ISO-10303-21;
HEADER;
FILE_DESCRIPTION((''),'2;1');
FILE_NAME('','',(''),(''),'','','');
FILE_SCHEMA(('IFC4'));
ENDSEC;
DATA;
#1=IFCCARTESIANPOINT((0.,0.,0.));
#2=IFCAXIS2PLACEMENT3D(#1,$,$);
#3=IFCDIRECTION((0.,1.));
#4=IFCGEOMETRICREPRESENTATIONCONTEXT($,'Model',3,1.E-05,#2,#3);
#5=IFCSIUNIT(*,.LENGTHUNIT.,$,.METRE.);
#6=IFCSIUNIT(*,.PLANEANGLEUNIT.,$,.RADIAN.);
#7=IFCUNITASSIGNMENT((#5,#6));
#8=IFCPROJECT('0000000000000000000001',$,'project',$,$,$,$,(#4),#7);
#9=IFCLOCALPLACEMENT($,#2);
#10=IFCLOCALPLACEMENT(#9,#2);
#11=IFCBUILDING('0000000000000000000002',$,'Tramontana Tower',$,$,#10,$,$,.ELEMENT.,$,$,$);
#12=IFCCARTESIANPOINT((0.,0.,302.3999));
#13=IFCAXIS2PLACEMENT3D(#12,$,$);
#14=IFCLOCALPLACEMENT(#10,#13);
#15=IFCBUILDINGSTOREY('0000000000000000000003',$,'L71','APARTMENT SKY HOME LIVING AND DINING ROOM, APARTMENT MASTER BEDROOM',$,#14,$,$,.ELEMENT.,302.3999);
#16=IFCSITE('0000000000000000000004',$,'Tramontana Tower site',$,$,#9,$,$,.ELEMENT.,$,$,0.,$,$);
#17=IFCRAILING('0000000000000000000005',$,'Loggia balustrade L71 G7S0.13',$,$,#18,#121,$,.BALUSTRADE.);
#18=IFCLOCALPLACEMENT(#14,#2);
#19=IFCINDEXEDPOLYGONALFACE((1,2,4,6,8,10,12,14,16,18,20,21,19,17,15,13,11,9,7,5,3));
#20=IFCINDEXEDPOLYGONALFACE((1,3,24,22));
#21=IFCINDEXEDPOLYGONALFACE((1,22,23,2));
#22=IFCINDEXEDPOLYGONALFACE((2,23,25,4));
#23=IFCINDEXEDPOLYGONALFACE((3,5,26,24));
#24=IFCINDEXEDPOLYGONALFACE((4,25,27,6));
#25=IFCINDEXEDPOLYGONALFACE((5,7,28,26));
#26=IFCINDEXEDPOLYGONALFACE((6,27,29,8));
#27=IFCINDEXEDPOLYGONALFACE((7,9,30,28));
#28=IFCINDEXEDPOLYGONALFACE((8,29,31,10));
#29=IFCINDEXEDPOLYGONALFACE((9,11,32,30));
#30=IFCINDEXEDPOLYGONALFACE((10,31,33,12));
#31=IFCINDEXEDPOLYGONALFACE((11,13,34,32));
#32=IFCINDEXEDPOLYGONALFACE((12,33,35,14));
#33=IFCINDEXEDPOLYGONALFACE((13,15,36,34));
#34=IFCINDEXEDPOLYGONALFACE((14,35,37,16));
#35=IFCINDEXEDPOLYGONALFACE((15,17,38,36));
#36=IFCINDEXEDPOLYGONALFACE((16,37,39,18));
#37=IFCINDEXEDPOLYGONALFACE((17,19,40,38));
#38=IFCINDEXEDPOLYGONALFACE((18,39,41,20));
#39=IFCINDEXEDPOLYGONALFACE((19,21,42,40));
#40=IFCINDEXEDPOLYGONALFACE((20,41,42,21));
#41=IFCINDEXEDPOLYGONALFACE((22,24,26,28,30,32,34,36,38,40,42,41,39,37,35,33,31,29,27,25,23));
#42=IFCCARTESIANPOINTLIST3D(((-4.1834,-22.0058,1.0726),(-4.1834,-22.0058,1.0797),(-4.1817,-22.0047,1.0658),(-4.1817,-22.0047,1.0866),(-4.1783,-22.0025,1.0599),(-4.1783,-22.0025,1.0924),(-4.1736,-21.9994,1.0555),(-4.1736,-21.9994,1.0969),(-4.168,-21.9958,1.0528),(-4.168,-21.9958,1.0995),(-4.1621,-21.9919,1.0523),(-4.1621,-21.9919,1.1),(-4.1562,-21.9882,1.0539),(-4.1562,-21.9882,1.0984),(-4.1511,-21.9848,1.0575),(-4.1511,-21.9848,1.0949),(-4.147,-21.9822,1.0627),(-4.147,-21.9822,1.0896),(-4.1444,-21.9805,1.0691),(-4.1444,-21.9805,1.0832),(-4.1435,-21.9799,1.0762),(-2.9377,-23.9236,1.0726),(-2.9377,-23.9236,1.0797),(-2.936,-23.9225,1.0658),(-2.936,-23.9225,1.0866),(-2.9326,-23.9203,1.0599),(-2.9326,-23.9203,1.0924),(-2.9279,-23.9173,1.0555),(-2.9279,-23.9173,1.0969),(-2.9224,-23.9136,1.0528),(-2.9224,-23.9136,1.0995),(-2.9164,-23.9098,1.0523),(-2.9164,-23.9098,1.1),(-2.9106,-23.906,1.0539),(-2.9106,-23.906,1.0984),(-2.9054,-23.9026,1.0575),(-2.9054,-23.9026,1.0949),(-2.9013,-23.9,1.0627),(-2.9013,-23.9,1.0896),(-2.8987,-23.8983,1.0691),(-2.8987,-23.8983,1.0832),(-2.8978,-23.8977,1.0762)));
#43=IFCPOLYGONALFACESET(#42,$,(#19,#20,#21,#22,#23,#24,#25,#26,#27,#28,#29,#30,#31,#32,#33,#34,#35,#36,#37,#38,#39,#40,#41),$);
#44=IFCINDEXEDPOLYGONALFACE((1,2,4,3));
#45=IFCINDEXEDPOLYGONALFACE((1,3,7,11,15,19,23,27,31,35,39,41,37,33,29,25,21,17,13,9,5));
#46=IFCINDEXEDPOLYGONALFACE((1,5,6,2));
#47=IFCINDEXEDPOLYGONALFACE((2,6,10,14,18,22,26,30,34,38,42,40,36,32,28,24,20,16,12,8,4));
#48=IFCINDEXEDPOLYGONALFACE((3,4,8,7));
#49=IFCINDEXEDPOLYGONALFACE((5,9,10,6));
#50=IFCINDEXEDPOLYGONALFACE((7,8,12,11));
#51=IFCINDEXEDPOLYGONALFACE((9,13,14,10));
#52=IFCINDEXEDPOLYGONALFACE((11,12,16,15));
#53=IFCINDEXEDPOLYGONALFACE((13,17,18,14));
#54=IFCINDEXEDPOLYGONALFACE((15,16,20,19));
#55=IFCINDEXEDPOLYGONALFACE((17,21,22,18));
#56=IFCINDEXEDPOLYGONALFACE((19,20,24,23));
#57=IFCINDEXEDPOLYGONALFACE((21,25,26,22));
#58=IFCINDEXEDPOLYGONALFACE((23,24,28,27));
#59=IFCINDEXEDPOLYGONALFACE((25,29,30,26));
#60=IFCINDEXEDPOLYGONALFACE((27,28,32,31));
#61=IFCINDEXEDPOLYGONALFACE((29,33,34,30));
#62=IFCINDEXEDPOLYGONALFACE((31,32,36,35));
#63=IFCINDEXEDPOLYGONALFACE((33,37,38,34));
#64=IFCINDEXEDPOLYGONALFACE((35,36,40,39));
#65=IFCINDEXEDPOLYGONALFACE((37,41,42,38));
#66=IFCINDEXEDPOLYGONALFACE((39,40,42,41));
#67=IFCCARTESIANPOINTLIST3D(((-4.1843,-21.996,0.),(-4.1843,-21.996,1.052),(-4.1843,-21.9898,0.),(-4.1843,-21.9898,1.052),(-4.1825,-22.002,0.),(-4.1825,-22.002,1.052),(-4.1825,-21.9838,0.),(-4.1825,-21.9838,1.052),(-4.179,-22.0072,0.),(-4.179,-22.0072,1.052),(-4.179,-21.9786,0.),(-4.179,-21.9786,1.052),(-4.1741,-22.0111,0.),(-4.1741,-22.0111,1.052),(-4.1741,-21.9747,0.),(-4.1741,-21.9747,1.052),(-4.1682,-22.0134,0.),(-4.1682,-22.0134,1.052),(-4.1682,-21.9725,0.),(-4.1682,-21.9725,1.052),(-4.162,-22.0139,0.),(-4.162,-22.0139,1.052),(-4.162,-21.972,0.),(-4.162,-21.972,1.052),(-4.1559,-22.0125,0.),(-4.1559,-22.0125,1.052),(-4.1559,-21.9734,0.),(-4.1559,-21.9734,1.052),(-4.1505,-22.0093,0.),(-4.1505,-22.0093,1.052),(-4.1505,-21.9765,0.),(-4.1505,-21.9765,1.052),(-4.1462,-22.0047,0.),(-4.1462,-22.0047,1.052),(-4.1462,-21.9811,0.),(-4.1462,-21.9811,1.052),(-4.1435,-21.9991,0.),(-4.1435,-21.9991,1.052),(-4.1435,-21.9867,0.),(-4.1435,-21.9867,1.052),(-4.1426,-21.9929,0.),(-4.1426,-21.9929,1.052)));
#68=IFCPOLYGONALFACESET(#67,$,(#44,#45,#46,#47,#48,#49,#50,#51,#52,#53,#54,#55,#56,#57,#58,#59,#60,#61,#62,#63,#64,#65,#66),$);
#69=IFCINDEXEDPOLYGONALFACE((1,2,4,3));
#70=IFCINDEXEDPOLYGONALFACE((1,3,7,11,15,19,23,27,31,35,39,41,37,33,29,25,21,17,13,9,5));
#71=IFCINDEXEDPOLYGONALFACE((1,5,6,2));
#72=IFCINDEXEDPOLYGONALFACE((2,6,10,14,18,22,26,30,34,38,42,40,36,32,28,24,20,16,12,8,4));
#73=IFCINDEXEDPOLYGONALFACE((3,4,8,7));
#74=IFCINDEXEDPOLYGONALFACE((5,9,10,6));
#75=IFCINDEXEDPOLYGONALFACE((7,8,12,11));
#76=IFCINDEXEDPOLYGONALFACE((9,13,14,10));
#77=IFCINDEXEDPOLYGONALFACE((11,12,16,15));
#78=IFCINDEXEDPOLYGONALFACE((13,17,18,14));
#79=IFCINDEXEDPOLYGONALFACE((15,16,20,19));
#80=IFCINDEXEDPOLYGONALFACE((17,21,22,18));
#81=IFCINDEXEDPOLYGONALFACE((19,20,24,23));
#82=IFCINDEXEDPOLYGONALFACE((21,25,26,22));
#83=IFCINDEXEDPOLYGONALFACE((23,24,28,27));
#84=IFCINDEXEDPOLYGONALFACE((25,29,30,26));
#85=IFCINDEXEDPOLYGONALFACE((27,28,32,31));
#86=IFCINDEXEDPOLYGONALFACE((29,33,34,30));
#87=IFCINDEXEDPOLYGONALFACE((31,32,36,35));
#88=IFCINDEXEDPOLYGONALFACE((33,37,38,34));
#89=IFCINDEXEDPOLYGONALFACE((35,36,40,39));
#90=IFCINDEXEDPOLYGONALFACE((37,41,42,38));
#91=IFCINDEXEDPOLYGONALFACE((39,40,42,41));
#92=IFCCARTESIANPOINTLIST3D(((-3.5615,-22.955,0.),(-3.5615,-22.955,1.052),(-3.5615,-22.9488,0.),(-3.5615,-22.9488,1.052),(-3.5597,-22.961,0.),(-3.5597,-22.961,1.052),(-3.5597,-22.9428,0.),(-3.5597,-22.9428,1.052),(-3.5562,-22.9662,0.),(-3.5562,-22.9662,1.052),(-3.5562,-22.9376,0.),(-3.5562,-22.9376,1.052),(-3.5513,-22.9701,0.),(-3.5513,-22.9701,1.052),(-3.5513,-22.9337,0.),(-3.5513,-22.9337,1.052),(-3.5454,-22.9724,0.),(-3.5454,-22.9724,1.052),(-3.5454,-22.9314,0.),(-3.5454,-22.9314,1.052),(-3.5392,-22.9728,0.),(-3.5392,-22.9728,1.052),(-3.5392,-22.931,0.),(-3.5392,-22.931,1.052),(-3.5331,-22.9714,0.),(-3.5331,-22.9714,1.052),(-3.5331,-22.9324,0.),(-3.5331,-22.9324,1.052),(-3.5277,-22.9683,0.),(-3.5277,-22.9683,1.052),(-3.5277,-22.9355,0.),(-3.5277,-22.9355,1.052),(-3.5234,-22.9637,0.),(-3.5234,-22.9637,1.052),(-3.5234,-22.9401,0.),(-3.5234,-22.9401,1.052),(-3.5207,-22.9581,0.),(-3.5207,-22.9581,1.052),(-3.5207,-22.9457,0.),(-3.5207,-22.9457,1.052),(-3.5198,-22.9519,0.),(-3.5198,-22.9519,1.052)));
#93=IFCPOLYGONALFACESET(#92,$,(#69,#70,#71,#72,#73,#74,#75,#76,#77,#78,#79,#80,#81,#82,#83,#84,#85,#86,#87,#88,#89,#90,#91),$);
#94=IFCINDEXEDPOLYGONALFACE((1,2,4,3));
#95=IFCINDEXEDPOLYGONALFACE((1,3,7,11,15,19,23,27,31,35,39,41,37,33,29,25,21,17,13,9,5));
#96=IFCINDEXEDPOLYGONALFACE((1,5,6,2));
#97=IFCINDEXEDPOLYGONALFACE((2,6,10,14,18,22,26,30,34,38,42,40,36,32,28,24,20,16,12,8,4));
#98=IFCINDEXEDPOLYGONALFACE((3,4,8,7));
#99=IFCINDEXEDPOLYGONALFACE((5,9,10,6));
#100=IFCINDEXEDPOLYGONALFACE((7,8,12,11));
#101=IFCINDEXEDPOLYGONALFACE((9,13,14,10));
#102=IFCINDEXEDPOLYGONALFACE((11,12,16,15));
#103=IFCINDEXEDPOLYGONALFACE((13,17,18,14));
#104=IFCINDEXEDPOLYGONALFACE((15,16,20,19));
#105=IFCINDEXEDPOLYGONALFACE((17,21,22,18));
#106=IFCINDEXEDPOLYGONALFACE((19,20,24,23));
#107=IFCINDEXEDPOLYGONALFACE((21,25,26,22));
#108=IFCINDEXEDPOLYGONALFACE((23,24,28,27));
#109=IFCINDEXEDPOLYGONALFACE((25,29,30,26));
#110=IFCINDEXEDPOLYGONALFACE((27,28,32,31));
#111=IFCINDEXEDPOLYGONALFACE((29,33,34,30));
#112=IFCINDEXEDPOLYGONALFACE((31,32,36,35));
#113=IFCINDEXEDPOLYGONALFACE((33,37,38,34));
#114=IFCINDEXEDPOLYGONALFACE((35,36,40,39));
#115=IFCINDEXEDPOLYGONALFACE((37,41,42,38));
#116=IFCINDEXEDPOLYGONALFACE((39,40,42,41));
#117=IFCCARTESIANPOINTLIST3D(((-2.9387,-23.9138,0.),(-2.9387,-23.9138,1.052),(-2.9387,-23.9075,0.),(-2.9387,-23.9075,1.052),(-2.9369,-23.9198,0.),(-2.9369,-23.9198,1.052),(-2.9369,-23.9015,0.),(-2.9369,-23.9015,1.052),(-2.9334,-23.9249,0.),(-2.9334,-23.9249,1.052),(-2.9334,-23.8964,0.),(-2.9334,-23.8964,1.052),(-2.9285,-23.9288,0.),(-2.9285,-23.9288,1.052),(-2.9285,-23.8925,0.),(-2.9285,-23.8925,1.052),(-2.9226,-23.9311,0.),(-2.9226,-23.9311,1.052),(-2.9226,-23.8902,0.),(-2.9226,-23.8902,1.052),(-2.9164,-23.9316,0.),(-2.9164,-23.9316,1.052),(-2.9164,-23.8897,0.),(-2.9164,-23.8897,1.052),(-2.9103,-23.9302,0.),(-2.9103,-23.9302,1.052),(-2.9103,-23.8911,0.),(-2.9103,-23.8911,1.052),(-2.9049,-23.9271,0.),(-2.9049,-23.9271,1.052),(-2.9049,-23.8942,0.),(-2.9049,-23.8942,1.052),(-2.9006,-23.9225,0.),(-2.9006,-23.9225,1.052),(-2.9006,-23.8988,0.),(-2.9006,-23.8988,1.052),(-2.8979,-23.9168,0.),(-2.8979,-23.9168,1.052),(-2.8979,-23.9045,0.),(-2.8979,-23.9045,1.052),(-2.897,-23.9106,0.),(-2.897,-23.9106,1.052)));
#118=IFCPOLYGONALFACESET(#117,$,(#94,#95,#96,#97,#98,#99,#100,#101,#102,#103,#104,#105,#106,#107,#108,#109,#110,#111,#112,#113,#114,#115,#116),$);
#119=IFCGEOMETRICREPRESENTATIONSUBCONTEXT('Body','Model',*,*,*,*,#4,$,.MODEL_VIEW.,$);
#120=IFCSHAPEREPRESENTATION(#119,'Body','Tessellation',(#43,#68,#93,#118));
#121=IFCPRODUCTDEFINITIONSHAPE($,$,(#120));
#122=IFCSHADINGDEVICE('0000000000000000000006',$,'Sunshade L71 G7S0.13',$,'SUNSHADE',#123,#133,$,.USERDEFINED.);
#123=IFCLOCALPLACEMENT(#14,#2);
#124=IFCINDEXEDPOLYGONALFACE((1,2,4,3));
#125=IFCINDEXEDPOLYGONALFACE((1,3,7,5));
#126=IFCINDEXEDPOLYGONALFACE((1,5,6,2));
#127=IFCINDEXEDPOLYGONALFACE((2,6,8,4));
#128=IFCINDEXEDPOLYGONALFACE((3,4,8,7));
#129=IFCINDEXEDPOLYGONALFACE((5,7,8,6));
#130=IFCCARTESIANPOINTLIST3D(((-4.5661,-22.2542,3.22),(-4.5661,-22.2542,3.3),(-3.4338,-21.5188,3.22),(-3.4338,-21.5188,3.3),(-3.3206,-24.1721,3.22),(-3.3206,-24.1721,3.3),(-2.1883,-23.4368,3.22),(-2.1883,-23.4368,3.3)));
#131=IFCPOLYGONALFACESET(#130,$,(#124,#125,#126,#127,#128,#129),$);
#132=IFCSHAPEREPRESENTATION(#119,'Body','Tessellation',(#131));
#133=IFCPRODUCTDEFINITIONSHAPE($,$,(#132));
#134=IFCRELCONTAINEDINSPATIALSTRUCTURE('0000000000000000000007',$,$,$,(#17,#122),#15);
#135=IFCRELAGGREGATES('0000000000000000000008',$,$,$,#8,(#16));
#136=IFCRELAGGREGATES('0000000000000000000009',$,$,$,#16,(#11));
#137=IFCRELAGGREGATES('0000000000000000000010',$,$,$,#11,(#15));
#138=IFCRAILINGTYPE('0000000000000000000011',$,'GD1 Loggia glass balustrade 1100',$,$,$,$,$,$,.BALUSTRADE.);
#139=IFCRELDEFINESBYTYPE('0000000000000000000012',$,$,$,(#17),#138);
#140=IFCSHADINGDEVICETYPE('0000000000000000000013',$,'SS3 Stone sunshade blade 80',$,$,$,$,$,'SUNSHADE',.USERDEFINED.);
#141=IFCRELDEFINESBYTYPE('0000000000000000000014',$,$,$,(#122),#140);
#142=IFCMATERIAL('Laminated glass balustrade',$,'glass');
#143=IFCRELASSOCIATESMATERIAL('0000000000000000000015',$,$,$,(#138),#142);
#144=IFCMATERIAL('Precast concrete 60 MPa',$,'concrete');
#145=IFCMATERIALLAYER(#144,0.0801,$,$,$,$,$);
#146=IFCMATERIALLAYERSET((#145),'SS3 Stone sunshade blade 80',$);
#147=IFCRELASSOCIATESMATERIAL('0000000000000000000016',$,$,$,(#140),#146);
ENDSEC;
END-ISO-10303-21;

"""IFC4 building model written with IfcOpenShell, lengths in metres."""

from ifc_helpers import new_model, si_unit, direction, frame, origin, origin_2d, place, context, subcontext, project, spatial, rectangle, circle, extrude, material, layer, layer_set, type_object, element, save


model = new_model("IFC4")

# Units and contexts
model_context = context("Model", 3, precision=1e-05, world=origin(), true_north=direction((0.0, 1.0)))
body_context = subcontext(model_context, "Body", "Model", "MODEL_VIEW")
ifc_project = project(units=[si_unit("LENGTHUNIT", "METRE"), si_unit("PLANEANGLEUNIT", "RADIAN")], contexts=[model_context])

# Site, building, storey
site_placement = place(None, origin())
site = spatial("IfcSite", under=ifc_project, at=site_placement, Name="Tramontana Tower site", CompositionType="ELEMENT", RefElevation=0.0)
building_placement = place(site_placement, origin())
building = spatial("IfcBuilding", under=site, at=building_placement, Name="Tramontana Tower", CompositionType="ELEMENT")
storey_placement = place(building_placement, frame((0.0, 0.0, 302.3999)))
storey = spatial("IfcBuildingStorey", under=building, at=storey_placement, Name="L71", Description="APARTMENT SKY HOME LIVING AND DINING ROOM, APARTMENT MASTER BEDROOM", CompositionType="ELEMENT", Elevation=302.3999)

# Railing
ifc_material_1 = material(Name="Laminated glass balustrade", Category="glass")
railing_type = type_object("IfcRailingType", Name="GD1 Loggia glass balustrade 1100", PredefinedType="BALUSTRADE", material=ifc_material_1)
railing_placement = place(storey_placement, frame((-4.1636, -21.9929, 0.0)))
element("IfcRailing", 1, at=railing_placement, inside=storey, type_object=railing_type, Name="Loggia balustrade L71 G7S0.13", PredefinedType="BALUSTRADE", context=body_context, shape_type="SweptSolid", body=[
    extrude(circle(Radius=0.0239, at=origin_2d()), frame((0.0, 0.0, 1.0762), z_axis=(0.544707, -0.838627, 0.0), x_axis=(0.838627, 0.544707, 0.0)), (0.0, 0.0, 1.0), 2.2869),
    extrude(circle(Radius=0.021, at=origin_2d()), origin(), (0.0, 0.0, 1.0), 1.052),
    extrude(circle(Radius=0.021, at=origin_2d()), frame((0.6228, -0.959, 0.0)), (0.0, 0.0, 1.0), 1.052),
    extrude(circle(Radius=0.021, at=origin_2d()), frame((1.2456, -1.9177, 0.0)), (0.0, 0.0, 1.0), 1.052),
])

# Shading device
ifc_material_2 = material(Name="Precast concrete 60 MPa", Category="concrete")
ifc_layer_1 = layer(ifc_material_2, 0.0801)
ifc_layer_set_1 = layer_set([ifc_layer_1], Name="SS3 Stone sunshade blade 80")
shading_device_type = type_object("IfcShadingDeviceType", Name="SS3 Stone sunshade blade 80", ElementType="SUNSHADE", PredefinedType="USERDEFINED", material=ifc_layer_set_1)
shading_device_placement = place(storey_placement, frame((-3.3772, -22.8455, 3.22), z_axis=(0.0, 0.0, 1.0), x_axis=(0.544639, -0.838671, 0.0)))
element("IfcShadingDevice", 2, at=shading_device_placement, inside=storey, type_object=shading_device_type, Name="Sunshade L71 G7S0.13", ObjectType="SUNSHADE", PredefinedType="USERDEFINED", context=body_context, shape_type="SweptSolid", body=[
    extrude(rectangle(XDim=2.2869, YDim=1.3501, at=origin_2d()), origin(), (0.0, 0.0, 1.0), 0.0801),
])

save(model, "model.ifc")
